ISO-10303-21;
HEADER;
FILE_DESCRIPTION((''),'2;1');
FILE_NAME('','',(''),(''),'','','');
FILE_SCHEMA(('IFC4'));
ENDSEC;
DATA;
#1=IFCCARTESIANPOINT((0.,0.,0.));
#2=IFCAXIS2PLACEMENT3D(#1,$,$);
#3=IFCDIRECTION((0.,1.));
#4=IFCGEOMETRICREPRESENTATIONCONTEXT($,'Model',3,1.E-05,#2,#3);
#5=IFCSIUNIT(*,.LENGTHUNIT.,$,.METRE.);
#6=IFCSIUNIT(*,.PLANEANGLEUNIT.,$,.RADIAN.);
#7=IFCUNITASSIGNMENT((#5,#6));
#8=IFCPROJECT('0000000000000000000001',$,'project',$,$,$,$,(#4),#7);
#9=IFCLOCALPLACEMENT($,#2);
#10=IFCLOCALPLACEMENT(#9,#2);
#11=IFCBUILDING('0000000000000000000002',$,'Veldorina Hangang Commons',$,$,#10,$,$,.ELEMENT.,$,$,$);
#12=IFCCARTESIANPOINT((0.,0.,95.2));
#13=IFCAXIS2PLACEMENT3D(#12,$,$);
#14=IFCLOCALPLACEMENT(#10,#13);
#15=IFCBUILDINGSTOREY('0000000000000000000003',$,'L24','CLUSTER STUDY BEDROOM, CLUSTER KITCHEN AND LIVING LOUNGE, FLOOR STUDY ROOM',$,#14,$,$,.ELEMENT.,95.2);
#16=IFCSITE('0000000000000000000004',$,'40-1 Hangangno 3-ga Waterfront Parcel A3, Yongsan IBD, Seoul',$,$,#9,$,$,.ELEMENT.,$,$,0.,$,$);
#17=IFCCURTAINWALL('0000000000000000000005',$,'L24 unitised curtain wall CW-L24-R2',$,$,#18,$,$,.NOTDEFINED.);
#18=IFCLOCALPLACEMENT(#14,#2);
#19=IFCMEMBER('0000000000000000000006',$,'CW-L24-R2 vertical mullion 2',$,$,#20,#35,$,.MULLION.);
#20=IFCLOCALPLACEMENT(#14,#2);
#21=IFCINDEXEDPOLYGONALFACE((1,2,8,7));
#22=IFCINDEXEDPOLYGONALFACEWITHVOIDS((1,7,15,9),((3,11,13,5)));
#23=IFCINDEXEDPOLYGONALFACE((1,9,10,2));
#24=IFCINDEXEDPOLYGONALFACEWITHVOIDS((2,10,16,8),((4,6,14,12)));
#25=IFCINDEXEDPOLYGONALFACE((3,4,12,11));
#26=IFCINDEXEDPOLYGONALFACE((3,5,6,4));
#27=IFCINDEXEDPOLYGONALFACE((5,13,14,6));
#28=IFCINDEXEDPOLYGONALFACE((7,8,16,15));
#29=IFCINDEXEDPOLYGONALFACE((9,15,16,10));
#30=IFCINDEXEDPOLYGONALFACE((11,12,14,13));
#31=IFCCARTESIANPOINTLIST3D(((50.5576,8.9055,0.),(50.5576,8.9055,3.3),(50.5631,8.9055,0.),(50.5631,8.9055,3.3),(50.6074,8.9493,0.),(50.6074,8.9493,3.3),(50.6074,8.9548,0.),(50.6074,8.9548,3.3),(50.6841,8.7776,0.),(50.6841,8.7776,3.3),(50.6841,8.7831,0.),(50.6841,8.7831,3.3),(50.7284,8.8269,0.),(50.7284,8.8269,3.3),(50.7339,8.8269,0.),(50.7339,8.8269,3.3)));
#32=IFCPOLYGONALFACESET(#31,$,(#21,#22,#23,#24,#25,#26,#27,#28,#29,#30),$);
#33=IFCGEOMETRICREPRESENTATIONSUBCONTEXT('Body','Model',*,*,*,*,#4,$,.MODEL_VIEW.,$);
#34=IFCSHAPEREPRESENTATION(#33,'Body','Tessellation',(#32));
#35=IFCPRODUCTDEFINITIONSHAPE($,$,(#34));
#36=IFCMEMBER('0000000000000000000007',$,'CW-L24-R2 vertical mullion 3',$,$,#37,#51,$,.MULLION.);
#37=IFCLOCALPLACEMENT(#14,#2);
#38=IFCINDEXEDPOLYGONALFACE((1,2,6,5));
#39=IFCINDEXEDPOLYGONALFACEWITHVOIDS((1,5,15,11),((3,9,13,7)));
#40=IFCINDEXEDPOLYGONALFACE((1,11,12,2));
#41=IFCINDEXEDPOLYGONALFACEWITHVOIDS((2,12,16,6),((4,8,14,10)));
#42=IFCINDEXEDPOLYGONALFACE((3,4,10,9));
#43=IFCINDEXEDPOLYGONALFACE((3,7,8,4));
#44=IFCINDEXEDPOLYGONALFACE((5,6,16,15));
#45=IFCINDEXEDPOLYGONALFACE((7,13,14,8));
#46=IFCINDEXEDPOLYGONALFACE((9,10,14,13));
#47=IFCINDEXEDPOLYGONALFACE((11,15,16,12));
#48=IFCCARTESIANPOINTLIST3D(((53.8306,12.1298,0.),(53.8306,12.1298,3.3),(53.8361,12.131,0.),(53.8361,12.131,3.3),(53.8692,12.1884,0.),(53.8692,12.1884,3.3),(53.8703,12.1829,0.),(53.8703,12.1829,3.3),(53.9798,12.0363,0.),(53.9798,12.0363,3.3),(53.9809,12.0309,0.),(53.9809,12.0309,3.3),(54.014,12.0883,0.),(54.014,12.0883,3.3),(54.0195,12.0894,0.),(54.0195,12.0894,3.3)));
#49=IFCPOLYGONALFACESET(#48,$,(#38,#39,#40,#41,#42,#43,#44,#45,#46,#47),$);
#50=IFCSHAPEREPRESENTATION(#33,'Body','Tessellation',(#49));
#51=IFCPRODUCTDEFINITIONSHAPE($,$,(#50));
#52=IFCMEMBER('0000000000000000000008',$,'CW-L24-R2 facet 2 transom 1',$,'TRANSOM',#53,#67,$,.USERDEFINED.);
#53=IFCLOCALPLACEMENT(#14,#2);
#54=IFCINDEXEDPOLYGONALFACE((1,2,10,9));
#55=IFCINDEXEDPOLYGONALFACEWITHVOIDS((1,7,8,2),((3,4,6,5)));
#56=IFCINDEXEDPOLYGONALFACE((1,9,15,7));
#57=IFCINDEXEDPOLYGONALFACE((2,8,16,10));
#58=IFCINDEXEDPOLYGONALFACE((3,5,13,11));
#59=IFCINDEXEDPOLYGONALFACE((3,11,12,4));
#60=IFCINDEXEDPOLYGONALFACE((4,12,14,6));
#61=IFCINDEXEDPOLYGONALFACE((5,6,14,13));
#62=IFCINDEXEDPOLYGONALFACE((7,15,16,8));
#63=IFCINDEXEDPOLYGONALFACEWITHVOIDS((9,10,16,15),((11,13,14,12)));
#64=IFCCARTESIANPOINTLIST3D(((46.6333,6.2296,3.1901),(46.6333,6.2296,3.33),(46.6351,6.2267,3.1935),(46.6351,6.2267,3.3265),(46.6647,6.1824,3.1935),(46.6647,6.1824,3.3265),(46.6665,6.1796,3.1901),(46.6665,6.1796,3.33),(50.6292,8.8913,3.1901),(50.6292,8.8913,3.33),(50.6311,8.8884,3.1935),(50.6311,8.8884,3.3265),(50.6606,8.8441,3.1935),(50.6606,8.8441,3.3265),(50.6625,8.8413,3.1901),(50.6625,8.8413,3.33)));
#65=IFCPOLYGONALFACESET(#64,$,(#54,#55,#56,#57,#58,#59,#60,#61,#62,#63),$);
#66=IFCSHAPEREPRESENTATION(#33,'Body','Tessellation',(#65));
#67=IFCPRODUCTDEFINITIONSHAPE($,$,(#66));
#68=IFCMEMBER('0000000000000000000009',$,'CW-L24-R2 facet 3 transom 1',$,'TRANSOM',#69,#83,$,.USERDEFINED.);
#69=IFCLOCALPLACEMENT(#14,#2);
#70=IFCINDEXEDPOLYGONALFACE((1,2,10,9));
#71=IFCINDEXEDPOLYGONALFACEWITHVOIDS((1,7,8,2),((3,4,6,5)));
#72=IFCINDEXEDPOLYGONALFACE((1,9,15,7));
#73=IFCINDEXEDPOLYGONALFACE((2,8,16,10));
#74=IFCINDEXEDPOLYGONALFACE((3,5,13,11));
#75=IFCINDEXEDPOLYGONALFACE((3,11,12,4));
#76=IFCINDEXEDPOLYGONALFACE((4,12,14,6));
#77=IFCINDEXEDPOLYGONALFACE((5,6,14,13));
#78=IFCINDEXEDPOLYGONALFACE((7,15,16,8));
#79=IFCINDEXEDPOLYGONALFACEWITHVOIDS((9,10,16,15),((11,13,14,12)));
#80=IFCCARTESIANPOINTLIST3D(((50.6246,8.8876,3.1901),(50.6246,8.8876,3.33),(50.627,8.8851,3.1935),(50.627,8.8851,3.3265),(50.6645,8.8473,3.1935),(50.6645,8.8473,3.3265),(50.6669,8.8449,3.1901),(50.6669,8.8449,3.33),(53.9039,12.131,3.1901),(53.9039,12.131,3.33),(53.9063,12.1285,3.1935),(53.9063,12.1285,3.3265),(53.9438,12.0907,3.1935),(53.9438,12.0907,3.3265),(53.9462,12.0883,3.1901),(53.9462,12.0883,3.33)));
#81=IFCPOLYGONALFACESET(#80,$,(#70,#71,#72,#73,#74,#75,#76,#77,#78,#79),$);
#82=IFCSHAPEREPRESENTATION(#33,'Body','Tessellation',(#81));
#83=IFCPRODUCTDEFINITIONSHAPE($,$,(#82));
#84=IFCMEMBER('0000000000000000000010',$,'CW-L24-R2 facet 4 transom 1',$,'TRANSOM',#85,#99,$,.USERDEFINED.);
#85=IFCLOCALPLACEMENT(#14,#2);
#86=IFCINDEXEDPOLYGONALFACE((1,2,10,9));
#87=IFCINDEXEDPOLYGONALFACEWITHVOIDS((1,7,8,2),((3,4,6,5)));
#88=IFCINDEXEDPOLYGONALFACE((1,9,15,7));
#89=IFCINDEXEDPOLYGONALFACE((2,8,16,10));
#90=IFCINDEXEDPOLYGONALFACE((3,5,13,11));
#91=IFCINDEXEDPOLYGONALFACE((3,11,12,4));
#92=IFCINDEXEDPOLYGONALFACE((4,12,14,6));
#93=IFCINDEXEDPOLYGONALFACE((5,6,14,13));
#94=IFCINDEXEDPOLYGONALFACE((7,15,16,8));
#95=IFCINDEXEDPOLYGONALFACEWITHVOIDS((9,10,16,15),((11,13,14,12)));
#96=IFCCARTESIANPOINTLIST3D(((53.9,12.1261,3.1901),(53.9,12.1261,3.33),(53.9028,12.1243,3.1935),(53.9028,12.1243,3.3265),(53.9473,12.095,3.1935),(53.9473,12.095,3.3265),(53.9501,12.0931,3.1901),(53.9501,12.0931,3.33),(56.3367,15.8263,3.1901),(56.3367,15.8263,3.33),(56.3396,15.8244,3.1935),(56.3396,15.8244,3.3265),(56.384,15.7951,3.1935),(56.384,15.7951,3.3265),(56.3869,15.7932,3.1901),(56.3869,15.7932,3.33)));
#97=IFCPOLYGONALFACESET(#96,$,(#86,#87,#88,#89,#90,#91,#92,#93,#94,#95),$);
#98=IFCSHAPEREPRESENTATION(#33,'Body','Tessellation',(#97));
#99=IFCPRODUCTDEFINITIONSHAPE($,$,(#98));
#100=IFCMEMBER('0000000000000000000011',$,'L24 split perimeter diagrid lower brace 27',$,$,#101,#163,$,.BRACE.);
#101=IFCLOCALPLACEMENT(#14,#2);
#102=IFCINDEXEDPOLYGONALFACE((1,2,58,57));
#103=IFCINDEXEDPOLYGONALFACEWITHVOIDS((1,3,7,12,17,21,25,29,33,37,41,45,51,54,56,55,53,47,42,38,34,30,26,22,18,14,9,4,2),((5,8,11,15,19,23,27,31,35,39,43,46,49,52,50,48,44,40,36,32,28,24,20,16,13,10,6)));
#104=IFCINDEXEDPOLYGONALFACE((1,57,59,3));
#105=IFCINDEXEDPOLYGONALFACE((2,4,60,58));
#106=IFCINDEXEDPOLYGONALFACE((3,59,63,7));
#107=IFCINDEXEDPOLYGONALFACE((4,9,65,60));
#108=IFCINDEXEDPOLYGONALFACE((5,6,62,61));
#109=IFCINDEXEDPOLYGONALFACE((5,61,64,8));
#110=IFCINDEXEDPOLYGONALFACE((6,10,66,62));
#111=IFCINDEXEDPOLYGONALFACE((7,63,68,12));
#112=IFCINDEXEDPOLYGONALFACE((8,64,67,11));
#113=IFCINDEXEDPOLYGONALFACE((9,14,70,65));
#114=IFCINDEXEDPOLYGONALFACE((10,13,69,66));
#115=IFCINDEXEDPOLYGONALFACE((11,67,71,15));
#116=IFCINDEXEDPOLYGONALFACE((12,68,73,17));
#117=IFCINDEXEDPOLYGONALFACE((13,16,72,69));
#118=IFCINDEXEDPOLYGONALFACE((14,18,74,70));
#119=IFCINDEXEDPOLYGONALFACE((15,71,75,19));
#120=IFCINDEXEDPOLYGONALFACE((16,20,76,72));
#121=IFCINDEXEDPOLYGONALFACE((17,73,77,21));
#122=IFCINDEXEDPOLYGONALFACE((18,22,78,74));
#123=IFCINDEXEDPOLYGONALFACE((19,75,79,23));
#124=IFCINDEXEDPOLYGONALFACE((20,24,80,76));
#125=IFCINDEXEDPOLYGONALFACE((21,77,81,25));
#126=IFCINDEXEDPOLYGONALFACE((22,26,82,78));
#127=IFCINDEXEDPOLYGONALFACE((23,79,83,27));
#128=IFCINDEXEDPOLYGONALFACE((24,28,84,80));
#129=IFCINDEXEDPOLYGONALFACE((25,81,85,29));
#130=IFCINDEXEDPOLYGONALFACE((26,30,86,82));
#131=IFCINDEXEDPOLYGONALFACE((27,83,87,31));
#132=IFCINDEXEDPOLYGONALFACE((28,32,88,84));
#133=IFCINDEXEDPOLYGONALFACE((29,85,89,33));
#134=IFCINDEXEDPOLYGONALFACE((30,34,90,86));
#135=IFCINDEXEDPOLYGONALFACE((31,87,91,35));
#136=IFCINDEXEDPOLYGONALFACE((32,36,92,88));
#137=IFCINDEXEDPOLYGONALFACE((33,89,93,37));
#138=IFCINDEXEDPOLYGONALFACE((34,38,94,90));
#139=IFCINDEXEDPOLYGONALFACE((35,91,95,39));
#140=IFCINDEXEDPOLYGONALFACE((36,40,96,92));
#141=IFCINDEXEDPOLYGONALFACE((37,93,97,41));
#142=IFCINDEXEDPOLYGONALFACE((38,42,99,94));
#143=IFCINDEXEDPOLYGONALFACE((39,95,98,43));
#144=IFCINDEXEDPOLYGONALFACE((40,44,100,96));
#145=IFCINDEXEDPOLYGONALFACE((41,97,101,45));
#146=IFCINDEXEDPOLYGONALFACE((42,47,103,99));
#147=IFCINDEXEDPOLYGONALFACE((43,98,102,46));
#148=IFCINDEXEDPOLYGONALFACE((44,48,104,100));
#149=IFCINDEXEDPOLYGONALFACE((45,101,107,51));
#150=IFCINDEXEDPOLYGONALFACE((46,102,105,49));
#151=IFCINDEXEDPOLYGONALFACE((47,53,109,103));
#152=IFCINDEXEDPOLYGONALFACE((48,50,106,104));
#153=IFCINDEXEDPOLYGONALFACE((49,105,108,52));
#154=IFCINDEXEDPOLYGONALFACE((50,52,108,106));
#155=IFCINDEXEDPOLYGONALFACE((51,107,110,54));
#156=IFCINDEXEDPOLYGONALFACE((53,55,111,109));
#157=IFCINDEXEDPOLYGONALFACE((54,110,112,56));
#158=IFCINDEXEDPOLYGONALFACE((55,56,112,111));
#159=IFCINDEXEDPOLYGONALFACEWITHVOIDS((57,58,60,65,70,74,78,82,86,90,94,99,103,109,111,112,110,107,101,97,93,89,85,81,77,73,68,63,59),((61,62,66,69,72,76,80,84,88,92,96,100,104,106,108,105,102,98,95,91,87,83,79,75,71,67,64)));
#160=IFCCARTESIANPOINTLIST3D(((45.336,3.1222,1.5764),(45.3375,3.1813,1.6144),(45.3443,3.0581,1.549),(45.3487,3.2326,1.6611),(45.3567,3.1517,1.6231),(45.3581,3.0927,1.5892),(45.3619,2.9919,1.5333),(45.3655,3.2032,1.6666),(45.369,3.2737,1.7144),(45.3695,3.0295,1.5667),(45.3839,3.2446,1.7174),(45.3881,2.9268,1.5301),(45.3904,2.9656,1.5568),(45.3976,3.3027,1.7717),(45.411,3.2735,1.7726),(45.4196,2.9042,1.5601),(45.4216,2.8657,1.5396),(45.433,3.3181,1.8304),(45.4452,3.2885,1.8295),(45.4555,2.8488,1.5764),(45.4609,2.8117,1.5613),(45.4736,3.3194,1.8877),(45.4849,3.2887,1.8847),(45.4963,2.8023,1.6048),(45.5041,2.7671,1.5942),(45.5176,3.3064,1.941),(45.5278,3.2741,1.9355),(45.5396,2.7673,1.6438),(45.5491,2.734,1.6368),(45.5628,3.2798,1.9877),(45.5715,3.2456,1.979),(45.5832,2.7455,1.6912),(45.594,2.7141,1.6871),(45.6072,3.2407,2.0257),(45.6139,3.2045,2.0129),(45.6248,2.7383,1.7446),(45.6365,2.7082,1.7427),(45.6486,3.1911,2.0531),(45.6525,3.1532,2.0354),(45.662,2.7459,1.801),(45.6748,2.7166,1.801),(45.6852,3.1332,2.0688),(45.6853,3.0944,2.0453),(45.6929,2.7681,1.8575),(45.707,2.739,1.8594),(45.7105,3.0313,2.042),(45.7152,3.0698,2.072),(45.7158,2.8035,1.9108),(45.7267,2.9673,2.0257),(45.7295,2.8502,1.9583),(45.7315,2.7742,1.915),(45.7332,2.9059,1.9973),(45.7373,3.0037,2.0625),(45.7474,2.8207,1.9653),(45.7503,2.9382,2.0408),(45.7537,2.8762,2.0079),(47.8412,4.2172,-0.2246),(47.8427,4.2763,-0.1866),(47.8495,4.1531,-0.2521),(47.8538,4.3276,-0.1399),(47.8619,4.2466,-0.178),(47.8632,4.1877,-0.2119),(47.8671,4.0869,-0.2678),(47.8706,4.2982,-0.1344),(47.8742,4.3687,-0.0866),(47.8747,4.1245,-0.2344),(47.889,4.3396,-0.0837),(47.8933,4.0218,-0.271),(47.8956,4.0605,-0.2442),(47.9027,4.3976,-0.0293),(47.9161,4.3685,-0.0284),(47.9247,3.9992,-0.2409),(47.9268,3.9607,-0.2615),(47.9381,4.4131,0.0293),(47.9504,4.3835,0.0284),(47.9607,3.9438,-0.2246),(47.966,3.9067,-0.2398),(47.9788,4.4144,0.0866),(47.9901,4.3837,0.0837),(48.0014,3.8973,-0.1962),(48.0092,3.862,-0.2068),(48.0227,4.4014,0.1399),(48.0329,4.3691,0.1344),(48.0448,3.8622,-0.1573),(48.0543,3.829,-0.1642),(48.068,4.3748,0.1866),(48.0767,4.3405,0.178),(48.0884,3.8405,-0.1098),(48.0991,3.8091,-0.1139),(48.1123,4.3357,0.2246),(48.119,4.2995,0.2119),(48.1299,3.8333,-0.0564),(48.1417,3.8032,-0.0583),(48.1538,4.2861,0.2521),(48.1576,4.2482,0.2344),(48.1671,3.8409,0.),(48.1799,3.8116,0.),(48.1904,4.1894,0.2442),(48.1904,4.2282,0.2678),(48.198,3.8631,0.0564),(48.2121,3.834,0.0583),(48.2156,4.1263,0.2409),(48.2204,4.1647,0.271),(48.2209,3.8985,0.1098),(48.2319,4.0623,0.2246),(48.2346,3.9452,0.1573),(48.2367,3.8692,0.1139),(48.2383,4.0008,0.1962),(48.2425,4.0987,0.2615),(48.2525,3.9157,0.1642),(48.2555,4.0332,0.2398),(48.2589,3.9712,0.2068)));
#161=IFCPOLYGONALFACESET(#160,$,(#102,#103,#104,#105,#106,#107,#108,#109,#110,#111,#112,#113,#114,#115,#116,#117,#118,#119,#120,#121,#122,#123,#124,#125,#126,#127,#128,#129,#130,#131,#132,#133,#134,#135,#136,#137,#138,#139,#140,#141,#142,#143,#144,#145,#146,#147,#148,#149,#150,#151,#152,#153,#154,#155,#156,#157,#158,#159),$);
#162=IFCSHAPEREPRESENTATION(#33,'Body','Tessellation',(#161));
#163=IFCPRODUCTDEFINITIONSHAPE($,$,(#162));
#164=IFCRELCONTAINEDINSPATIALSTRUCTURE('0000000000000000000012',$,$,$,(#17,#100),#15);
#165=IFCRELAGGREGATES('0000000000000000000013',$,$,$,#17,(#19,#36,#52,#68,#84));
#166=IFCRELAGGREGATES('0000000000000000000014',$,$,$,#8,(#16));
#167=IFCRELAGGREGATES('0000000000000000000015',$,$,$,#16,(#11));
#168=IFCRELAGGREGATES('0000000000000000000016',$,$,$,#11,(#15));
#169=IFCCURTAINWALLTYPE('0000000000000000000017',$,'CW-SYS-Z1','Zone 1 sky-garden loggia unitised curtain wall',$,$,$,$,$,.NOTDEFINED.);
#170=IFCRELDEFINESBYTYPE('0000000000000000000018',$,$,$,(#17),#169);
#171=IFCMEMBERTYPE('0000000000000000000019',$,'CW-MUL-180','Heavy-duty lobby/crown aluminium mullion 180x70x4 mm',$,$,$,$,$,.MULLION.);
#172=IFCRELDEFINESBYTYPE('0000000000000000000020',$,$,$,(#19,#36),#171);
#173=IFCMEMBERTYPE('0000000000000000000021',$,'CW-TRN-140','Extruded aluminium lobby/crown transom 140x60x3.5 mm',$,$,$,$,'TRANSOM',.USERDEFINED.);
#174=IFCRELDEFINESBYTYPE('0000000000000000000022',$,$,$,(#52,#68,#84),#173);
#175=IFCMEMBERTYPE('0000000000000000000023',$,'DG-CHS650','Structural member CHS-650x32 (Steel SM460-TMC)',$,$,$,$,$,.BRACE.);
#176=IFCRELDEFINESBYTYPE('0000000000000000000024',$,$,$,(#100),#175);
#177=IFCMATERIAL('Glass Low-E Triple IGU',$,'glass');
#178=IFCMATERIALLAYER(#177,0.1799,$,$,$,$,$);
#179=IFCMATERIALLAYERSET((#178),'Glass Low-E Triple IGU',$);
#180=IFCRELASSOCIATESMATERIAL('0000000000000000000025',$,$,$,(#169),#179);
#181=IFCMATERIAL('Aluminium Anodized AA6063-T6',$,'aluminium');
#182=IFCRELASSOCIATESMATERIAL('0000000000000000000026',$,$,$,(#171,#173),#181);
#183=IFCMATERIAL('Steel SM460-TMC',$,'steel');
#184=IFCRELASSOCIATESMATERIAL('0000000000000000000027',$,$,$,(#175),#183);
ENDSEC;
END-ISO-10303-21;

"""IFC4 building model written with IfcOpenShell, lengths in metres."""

from ifc_helpers import new_model, si_unit, direction, frame, origin, origin_2d, place, context, subcontext, project, spatial, hollow_rectangle, hollow_circle, extrude, material, layer, layer_set, material_profile, profile_set, type_object, element, aggregate, save


model = new_model("IFC4")

# Units and contexts
model_context = context("Model", 3, precision=1e-05, world=origin(), true_north=direction((0.0, 1.0)))
body_context = subcontext(model_context, "Body", "Model", "MODEL_VIEW")
ifc_project = project(units=[si_unit("LENGTHUNIT", "METRE"), si_unit("PLANEANGLEUNIT", "RADIAN")], contexts=[model_context])

# Site, building, storey
site_placement = place(None, origin())
site = spatial("IfcSite", under=ifc_project, at=site_placement, Name="40-1 Hangangno 3-ga Waterfront Parcel A3, Yongsan IBD, Seoul", CompositionType="ELEMENT", RefElevation=0.0)
building_placement = place(site_placement, origin())
building = spatial("IfcBuilding", under=site, at=building_placement, Name="Veldorina Hangang Commons", CompositionType="ELEMENT")
storey_placement = place(building_placement, frame((0.0, 0.0, 95.2)))
storey = spatial("IfcBuildingStorey", under=building, at=storey_placement, Name="L24", Description="CLUSTER STUDY BEDROOM, CLUSTER KITCHEN AND LIVING LOUNGE, FLOOR STUDY ROOM", CompositionType="ELEMENT", Elevation=95.2)

# Curtain wall, members
ifc_material_1 = material(Name="Glass Low-E Triple IGU", Category="glass")
ifc_layer_1 = layer(ifc_material_1, 0.1799)
ifc_layer_set_1 = layer_set([ifc_layer_1], Name="Glass Low-E Triple IGU")
curtain_wall_type = type_object("IfcCurtainWallType", Name="CW-SYS-Z1", Description="Zone 1 sky-garden loggia unitised curtain wall", PredefinedType="NOTDEFINED", material=ifc_layer_set_1)
curtain_wall_placement = place(storey_placement, origin())
curtain_wall = element("IfcCurtainWall", 1, at=curtain_wall_placement, inside=storey, type_object=curtain_wall_type, Name="L24 unitised curtain wall CW-L24-R2", PredefinedType="NOTDEFINED")
ifc_material_2 = material(Name="Aluminium Anodized AA6063-T6", Category="aluminium")
ifc_material_profile_1 = material_profile(ifc_material_2, hollow_rectangle(XDim=0.0701, YDim=0.1799, WallThickness=0.0039, at=origin_2d()), Name="ALU-RHS-180x70x4")
ifc_profile_set_1 = profile_set([ifc_material_profile_1], Name="Aluminium Anodized AA6063-T6")
member_type_1 = type_object("IfcMemberType", Name="CW-MUL-180", Description="Heavy-duty lobby/crown aluminium mullion 180x70x4 mm", PredefinedType="MULLION", material=ifc_profile_set_1)
member_1_placement = place(storey_placement, frame((50.6458, 8.8662, 0.0), z_axis=(0.0, 0.0, 1.0), x_axis=(0.710996, 0.703196, 0.0)))
member_1 = element("IfcMember", 2, at=member_1_placement, type_object=member_type_1, Name="CW-L24-R2 vertical mullion 2", PredefinedType="MULLION", context=body_context, shape_type="SweptSolid", body=[
    extrude(hollow_rectangle(XDim=0.0701, YDim=0.1799, WallThickness=0.0039, at=origin_2d()), origin(), (0.0, 0.0, 1.0), 3.3),
])
member_2_placement = place(storey_placement, frame((53.925, 12.1096, 0.0), z_axis=(0.0, 0.0, 1.0), x_axis=(0.55, 0.835165, 0.0)))
member_2 = element("IfcMember", 3, at=member_2_placement, type_object=member_type_1, Name="CW-L24-R2 vertical mullion 3", PredefinedType="MULLION", context=body_context, shape_type="SweptSolid", body=[
    extrude(hollow_rectangle(XDim=0.0701, YDim=0.1799, WallThickness=0.0039, at=origin_2d()), origin(), (0.0, 0.0, 1.0), 3.3),
])
ifc_material_profile_2 = material_profile(ifc_material_2, hollow_rectangle(XDim=0.0601, YDim=0.1399, WallThickness=0.0034, at=origin_2d()), Name="ALU-RHS-140x60x3.5")
ifc_profile_set_2 = profile_set([ifc_material_profile_2], Name="Aluminium Anodized AA6063-T6")
member_type_2 = type_object("IfcMemberType", Name="CW-TRN-140", Description="Extruded aluminium lobby/crown transom 140x60x3.5 mm", ElementType="TRANSOM", PredefinedType="USERDEFINED", material=ifc_profile_set_2)
member_3_placement = place(storey_placement, frame((46.6499, 6.2046, 3.26), z_axis=(0.832269, 0.554372, 0.0), x_axis=(-0.554372, 0.832269, 0.0)))
member_3 = element("IfcMember", 4, at=member_3_placement, type_object=member_type_2, Name="CW-L24-R2 facet 2 transom 1", ObjectType="TRANSOM", PredefinedType="USERDEFINED", context=body_context, shape_type="SweptSolid", body=[
    extrude(hollow_rectangle(XDim=0.0601, YDim=0.1399, WallThickness=0.0034, at=origin_2d()), origin(), (0.0, 0.0, 1.0), 4.8013),
])
member_4_placement = place(storey_placement, frame((50.6458, 8.8662, 3.26), z_axis=(0.710987, 0.703206, 0.0), x_axis=(-0.703206, 0.710987, 0.0)))
member_4 = element("IfcMember", 5, at=member_4_placement, type_object=member_type_2, Name="CW-L24-R2 facet 3 transom 1", ObjectType="TRANSOM", PredefinedType="USERDEFINED", context=body_context, shape_type="SweptSolid", body=[
    extrude(hollow_rectangle(XDim=0.0601, YDim=0.1399, WallThickness=0.0034, at=origin_2d()), origin(), (0.0, 0.0, 1.0), 4.6123),
])
member_5_placement = place(storey_placement, frame((53.925, 12.1096, 3.26), z_axis=(0.549999, 0.835165, 0.0), x_axis=(-0.835165, 0.549999, 0.0)))
member_5 = element("IfcMember", 6, at=member_5_placement, type_object=member_type_2, Name="CW-L24-R2 facet 4 transom 1", ObjectType="TRANSOM", PredefinedType="USERDEFINED", context=body_context, shape_type="SweptSolid", body=[
    extrude(hollow_rectangle(XDim=0.0601, YDim=0.1399, WallThickness=0.0034, at=origin_2d()), origin(), (0.0, 0.0, 1.0), 4.4304),
])

# Member
ifc_material_3 = material(Name="Steel SM460-TMC", Category="steel")
ifc_material_profile_3 = material_profile(ifc_material_3, hollow_circle(Radius=0.325, WallThickness=0.032, at=origin_2d()), Name="CHS-650x32")
ifc_profile_set_3 = profile_set([ifc_material_profile_3], Name="Steel SM460-TMC")
member_type_3 = type_object("IfcMemberType", Name="DG-CHS650", Description="Structural member CHS-650x32 (Steel SM460-TMC)", PredefinedType="BRACE", material=ifc_profile_set_3)
member_6_placement = place(storey_placement, frame((48.0498, 4.1094, 0.0), z_axis=(-0.765185, -0.334456, 0.550119), x_axis=(0.400505, -0.916295, 0.0)))
element("IfcMember", 7, at=member_6_placement, inside=storey, type_object=member_type_3, Name="L24 split perimeter diagrid lower brace 27", PredefinedType="BRACE", context=body_context, shape_type="SweptSolid", body=[
    extrude(hollow_circle(Radius=0.325, WallThickness=0.032, at=origin_2d()), origin(), (0.0, 0.0, 1.0), 3.2739),
])

aggregate(curtain_wall, [member_1, member_2, member_3, member_4, member_5])

save(model, "model.ifc")
